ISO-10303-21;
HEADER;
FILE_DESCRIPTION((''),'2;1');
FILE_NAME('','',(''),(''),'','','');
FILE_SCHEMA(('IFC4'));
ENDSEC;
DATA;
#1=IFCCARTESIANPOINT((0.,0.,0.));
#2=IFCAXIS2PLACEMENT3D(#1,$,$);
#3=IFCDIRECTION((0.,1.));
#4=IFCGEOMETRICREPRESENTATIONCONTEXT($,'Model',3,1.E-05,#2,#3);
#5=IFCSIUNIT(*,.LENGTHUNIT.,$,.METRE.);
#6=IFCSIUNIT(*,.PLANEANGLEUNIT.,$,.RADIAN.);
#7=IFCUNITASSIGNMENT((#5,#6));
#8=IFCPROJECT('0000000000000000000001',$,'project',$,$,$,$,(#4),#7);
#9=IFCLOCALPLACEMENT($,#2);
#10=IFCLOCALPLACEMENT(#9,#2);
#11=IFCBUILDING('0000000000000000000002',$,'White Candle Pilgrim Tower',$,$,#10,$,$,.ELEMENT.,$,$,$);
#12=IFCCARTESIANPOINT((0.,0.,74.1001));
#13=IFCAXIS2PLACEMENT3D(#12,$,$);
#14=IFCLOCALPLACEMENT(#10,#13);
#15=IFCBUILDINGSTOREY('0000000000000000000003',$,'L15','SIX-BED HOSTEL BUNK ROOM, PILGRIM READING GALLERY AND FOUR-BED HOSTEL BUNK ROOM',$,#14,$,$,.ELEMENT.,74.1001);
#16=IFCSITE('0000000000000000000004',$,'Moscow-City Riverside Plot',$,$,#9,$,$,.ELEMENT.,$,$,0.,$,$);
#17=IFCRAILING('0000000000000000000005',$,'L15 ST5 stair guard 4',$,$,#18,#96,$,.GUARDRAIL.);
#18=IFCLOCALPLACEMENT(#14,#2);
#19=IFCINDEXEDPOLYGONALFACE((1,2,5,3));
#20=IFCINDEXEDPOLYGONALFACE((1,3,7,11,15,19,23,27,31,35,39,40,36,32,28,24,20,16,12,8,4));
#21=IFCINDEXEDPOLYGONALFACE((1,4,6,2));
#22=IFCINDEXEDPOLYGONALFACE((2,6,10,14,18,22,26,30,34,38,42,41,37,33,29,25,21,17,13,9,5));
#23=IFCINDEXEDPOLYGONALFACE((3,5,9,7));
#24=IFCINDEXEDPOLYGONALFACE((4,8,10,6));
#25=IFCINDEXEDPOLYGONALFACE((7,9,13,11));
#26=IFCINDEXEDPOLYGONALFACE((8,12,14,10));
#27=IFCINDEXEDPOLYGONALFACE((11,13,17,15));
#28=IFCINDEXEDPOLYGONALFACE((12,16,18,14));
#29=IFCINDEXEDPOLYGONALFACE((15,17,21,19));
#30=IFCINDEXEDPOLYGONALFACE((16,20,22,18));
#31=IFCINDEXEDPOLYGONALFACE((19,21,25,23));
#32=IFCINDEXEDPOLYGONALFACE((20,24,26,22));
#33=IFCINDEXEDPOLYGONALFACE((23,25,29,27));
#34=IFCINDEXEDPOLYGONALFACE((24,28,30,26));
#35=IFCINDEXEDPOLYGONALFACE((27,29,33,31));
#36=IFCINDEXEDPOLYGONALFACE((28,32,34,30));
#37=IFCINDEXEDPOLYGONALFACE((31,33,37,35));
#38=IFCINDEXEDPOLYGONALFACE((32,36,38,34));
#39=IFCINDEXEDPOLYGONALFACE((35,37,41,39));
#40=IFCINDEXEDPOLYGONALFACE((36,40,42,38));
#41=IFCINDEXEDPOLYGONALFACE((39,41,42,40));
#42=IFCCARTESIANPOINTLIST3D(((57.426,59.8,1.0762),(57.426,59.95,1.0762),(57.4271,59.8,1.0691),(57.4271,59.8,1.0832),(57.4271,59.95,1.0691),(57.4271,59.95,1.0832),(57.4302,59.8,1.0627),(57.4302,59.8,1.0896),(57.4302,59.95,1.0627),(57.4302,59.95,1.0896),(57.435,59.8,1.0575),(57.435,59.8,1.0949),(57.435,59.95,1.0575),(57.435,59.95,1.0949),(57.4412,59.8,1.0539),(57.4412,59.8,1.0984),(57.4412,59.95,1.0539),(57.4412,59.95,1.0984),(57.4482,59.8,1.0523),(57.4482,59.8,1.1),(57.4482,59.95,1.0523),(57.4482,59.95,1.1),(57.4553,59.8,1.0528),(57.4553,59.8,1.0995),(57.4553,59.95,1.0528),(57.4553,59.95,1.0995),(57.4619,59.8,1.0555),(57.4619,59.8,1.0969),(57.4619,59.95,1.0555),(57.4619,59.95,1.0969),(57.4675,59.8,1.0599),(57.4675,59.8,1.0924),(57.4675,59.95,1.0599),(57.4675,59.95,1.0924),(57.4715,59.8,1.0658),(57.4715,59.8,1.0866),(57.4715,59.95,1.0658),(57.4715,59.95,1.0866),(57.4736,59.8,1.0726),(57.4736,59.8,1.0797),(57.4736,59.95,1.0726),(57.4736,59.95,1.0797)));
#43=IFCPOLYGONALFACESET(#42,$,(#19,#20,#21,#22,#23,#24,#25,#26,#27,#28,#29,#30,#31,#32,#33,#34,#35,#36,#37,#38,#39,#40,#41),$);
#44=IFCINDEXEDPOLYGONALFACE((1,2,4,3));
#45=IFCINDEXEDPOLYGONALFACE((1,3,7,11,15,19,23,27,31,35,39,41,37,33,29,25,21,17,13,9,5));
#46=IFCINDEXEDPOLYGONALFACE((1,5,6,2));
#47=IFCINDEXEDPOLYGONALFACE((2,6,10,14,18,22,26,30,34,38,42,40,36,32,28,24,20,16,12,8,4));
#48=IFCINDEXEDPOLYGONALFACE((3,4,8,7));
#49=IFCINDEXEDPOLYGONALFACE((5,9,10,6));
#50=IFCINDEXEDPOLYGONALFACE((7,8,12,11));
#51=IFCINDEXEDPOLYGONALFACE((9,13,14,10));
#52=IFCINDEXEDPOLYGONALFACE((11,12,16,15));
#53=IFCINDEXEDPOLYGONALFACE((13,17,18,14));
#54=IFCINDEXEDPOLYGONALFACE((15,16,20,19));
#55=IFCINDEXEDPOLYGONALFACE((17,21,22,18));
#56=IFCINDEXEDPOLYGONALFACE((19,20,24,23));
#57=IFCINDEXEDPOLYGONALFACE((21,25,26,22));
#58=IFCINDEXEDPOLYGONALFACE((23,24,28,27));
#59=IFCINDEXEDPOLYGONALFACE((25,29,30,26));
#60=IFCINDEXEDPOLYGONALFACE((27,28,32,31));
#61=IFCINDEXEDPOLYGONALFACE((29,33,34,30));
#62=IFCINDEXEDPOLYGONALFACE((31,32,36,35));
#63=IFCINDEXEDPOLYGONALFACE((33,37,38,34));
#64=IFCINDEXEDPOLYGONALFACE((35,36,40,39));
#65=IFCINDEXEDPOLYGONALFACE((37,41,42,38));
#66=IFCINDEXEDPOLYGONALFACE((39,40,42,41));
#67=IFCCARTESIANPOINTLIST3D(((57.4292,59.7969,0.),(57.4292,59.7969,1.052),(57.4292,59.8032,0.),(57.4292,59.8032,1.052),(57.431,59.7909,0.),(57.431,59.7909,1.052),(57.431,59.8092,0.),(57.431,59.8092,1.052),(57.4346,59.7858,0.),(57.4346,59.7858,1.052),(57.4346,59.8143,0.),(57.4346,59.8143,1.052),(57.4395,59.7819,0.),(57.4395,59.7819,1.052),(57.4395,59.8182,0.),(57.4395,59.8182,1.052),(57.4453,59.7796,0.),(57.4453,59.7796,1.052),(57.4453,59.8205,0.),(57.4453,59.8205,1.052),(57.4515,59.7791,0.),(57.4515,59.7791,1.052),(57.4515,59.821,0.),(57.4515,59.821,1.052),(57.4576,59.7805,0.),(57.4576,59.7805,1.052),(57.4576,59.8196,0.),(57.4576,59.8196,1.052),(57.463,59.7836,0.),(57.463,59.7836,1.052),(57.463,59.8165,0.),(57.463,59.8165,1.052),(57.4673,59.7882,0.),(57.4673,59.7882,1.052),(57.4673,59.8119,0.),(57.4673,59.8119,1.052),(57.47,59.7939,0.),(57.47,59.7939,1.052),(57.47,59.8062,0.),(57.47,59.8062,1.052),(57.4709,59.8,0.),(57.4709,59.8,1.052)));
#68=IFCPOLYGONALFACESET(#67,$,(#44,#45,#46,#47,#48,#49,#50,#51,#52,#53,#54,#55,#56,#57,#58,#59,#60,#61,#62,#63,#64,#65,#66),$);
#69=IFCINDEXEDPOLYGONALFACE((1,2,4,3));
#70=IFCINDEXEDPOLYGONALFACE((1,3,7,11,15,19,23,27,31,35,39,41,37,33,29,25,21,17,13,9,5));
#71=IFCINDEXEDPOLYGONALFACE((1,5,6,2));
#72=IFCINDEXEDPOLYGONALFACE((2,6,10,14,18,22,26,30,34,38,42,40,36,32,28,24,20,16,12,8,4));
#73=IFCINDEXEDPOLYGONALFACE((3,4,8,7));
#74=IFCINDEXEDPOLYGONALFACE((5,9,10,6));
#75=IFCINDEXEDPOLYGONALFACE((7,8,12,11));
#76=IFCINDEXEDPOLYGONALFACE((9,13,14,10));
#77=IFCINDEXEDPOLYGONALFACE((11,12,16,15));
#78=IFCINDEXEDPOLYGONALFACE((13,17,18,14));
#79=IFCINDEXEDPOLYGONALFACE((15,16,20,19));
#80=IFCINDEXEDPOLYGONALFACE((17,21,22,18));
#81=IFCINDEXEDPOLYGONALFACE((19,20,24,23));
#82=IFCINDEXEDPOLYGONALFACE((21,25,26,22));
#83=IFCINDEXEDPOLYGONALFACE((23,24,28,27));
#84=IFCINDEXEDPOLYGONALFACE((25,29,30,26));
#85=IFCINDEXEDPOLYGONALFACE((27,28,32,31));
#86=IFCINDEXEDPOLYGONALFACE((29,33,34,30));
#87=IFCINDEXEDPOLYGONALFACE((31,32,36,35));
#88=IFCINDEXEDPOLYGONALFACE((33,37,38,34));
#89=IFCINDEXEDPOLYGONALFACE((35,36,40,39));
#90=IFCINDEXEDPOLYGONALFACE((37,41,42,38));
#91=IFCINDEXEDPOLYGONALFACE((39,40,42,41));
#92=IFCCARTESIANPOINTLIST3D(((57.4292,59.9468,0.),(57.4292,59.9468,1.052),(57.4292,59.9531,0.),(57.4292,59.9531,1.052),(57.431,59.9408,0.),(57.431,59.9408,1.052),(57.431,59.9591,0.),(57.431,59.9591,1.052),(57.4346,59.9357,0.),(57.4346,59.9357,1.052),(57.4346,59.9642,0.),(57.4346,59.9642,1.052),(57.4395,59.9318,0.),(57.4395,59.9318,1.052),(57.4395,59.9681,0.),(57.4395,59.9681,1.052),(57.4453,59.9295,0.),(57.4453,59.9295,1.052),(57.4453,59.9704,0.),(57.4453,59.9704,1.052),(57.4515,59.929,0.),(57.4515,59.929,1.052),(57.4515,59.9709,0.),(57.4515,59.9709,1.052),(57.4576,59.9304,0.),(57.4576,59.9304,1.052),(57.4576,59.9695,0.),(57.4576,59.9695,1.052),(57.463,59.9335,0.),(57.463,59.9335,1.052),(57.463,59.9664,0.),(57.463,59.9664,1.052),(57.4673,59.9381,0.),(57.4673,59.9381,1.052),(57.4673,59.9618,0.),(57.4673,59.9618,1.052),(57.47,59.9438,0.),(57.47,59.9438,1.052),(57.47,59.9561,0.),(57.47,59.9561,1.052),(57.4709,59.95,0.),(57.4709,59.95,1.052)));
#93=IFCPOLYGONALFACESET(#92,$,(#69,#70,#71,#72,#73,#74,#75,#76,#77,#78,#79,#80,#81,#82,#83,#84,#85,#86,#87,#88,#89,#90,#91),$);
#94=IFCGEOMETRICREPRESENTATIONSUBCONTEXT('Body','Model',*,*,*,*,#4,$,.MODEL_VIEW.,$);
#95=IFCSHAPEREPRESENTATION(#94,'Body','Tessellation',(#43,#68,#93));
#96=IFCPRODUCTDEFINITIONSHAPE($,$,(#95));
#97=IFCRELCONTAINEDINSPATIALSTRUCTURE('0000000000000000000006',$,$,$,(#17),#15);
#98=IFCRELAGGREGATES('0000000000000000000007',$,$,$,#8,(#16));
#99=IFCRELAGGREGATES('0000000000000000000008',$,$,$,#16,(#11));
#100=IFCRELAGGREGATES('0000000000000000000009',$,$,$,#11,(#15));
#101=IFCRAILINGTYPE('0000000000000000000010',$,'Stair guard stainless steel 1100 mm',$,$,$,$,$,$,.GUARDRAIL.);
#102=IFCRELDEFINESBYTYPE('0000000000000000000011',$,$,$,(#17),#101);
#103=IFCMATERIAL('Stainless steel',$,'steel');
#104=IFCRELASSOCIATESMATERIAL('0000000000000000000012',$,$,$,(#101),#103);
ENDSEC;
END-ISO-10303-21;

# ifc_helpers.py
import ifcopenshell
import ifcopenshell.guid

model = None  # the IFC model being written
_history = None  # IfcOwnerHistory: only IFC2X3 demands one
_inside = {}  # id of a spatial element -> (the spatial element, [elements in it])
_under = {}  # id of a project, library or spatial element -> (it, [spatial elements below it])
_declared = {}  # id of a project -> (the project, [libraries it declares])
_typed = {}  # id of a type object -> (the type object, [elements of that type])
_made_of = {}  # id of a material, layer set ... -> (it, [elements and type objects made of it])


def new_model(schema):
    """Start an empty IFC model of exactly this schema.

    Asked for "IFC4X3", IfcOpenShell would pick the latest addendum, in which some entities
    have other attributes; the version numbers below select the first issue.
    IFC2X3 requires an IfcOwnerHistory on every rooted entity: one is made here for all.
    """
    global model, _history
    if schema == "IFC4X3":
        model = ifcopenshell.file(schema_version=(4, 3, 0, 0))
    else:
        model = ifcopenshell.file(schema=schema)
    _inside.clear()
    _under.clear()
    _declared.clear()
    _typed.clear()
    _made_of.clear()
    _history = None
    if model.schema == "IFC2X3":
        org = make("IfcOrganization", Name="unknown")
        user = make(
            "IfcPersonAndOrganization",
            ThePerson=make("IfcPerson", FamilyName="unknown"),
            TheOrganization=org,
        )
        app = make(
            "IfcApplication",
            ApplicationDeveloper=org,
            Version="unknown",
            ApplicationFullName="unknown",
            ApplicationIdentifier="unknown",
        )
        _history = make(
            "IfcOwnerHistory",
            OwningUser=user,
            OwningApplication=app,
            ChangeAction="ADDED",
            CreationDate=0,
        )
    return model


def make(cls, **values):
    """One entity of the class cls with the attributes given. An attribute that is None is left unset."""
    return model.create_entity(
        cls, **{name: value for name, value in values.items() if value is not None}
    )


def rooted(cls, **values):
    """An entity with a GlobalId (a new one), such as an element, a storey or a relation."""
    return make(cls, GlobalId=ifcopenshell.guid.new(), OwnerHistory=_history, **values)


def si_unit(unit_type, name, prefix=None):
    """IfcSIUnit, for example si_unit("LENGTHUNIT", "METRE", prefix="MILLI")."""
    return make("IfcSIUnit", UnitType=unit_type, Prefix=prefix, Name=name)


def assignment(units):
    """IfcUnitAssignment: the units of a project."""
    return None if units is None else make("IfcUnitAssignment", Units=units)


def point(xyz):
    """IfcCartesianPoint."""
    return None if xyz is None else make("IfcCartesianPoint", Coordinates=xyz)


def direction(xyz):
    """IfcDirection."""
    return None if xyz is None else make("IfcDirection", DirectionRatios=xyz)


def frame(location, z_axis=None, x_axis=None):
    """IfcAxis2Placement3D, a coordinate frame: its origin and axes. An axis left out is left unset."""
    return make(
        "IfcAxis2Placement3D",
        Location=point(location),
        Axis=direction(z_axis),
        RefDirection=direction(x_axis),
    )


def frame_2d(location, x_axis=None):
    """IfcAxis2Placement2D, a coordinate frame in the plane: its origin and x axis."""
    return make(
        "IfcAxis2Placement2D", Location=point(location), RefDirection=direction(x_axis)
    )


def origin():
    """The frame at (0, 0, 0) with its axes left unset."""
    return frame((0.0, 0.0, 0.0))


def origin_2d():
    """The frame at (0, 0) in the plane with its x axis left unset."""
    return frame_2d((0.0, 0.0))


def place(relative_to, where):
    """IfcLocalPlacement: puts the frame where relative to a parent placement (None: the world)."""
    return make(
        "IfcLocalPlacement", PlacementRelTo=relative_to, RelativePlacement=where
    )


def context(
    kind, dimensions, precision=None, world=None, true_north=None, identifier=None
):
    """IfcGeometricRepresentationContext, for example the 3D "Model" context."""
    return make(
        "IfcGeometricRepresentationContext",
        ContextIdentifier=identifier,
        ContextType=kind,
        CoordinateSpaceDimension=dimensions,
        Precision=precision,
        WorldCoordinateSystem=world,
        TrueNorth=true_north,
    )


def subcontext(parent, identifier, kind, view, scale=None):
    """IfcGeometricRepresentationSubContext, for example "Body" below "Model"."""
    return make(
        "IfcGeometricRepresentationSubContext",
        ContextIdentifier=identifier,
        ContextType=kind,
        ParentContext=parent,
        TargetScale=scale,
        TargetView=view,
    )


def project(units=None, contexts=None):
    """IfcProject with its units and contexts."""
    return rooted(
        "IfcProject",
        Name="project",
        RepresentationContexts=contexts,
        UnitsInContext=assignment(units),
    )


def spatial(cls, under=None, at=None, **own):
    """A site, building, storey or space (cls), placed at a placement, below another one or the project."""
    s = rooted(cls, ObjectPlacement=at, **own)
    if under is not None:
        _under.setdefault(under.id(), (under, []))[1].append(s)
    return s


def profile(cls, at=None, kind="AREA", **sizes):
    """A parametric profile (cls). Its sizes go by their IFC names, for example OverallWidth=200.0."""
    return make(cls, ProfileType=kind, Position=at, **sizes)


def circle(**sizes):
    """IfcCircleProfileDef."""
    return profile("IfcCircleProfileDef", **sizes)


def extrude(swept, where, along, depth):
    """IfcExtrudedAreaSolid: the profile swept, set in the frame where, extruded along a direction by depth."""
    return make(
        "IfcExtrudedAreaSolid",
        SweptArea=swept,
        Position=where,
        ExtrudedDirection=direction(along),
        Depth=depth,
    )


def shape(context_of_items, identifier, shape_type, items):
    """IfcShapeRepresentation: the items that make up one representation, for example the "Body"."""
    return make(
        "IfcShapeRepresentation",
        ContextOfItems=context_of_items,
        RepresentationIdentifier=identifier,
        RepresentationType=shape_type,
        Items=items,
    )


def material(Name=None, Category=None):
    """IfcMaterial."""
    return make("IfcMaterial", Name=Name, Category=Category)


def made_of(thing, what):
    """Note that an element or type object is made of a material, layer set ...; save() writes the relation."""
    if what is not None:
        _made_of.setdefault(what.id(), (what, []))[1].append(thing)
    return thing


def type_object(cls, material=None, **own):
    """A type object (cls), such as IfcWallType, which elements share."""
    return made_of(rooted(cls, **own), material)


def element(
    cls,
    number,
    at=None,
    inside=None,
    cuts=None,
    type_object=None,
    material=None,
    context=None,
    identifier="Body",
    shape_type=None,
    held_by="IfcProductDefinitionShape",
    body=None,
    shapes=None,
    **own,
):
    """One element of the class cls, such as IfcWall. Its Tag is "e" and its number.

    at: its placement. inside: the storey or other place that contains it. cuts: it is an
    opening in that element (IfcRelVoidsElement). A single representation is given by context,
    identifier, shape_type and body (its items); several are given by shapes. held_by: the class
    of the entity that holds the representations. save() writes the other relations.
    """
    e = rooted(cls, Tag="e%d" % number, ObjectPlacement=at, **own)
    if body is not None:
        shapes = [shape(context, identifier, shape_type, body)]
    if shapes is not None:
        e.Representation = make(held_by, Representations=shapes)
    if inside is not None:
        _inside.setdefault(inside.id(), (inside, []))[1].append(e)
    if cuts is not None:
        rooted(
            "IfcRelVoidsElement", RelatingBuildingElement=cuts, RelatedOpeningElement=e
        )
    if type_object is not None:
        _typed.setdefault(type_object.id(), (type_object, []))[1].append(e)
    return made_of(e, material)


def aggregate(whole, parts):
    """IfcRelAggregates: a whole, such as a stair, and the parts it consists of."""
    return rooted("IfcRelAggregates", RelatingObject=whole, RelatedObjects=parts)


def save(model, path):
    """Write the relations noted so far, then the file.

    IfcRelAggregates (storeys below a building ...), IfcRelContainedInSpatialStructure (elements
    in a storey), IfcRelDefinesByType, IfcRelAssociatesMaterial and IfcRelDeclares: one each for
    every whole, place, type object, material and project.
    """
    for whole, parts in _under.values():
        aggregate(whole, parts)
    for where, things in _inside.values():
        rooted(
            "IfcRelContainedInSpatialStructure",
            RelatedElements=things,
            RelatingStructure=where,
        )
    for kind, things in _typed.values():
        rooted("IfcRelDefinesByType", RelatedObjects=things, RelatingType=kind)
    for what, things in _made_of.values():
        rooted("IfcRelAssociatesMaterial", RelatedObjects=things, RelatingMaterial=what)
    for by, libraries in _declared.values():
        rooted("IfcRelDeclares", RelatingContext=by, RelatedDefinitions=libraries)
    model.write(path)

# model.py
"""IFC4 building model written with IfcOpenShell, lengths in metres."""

from ifc_helpers import new_model, si_unit, direction, frame, origin, origin_2d, place, context, subcontext, project, spatial, circle, extrude, material, type_object, element, save


model = new_model("IFC4")

# Units and contexts
model_context = context("Model", 3, precision=1e-05, world=origin(), true_north=direction((0.0, 1.0)))
body_context = subcontext(model_context, "Body", "Model", "MODEL_VIEW")
ifc_project = project(units=[si_unit("LENGTHUNIT", "METRE"), si_unit("PLANEANGLEUNIT", "RADIAN")], contexts=[model_context])

# Site, building, storey
site_placement = place(None, origin())
site = spatial("IfcSite", under=ifc_project, at=site_placement, Name="Moscow-City Riverside Plot", CompositionType="ELEMENT", RefElevation=0.0)
building_placement = place(site_placement, origin())
building = spatial("IfcBuilding", under=site, at=building_placement, Name="White Candle Pilgrim Tower", CompositionType="ELEMENT")
storey_placement = place(building_placement, frame((0.0, 0.0, 74.1001)))
storey = spatial("IfcBuildingStorey", under=building, at=storey_placement, Name="L15", Description="SIX-BED HOSTEL BUNK ROOM, PILGRIM READING GALLERY AND FOUR-BED HOSTEL BUNK ROOM", CompositionType="ELEMENT", Elevation=74.1001)

# Railing
ifc_material_1 = material(Name="Stainless steel", Category="steel")
railing_type_1 = type_object("IfcRailingType", Name="Stair guard stainless steel 1100 mm", PredefinedType="GUARDRAIL", material=ifc_material_1)
railing_1_placement = place(storey_placement, frame((57.45, 59.8, 0.0)))
element("IfcRailing", 1, at=railing_1_placement, inside=storey, type_object=railing_type_1, Name="L15 ST5 stair guard 4", PredefinedType="GUARDRAIL", context=body_context, shape_type="SweptSolid", body=[
    extrude(circle(Radius=0.0239, at=origin_2d()), frame((0.0, 0.0, 1.0762), z_axis=(0.0, 1.0, 0.0), x_axis=(-1.0, 0.0, 0.0)), (0.0, 0.0, 1.0), 0.1499),
    extrude(circle(Radius=0.021, at=origin_2d()), origin(), (0.0, 0.0, 1.0), 1.052),
    extrude(circle(Radius=0.021, at=origin_2d()), frame((0.0, 0.1499, 0.0)), (0.0, 0.0, 1.0), 1.052),
])

save(model, "model.ifc")
